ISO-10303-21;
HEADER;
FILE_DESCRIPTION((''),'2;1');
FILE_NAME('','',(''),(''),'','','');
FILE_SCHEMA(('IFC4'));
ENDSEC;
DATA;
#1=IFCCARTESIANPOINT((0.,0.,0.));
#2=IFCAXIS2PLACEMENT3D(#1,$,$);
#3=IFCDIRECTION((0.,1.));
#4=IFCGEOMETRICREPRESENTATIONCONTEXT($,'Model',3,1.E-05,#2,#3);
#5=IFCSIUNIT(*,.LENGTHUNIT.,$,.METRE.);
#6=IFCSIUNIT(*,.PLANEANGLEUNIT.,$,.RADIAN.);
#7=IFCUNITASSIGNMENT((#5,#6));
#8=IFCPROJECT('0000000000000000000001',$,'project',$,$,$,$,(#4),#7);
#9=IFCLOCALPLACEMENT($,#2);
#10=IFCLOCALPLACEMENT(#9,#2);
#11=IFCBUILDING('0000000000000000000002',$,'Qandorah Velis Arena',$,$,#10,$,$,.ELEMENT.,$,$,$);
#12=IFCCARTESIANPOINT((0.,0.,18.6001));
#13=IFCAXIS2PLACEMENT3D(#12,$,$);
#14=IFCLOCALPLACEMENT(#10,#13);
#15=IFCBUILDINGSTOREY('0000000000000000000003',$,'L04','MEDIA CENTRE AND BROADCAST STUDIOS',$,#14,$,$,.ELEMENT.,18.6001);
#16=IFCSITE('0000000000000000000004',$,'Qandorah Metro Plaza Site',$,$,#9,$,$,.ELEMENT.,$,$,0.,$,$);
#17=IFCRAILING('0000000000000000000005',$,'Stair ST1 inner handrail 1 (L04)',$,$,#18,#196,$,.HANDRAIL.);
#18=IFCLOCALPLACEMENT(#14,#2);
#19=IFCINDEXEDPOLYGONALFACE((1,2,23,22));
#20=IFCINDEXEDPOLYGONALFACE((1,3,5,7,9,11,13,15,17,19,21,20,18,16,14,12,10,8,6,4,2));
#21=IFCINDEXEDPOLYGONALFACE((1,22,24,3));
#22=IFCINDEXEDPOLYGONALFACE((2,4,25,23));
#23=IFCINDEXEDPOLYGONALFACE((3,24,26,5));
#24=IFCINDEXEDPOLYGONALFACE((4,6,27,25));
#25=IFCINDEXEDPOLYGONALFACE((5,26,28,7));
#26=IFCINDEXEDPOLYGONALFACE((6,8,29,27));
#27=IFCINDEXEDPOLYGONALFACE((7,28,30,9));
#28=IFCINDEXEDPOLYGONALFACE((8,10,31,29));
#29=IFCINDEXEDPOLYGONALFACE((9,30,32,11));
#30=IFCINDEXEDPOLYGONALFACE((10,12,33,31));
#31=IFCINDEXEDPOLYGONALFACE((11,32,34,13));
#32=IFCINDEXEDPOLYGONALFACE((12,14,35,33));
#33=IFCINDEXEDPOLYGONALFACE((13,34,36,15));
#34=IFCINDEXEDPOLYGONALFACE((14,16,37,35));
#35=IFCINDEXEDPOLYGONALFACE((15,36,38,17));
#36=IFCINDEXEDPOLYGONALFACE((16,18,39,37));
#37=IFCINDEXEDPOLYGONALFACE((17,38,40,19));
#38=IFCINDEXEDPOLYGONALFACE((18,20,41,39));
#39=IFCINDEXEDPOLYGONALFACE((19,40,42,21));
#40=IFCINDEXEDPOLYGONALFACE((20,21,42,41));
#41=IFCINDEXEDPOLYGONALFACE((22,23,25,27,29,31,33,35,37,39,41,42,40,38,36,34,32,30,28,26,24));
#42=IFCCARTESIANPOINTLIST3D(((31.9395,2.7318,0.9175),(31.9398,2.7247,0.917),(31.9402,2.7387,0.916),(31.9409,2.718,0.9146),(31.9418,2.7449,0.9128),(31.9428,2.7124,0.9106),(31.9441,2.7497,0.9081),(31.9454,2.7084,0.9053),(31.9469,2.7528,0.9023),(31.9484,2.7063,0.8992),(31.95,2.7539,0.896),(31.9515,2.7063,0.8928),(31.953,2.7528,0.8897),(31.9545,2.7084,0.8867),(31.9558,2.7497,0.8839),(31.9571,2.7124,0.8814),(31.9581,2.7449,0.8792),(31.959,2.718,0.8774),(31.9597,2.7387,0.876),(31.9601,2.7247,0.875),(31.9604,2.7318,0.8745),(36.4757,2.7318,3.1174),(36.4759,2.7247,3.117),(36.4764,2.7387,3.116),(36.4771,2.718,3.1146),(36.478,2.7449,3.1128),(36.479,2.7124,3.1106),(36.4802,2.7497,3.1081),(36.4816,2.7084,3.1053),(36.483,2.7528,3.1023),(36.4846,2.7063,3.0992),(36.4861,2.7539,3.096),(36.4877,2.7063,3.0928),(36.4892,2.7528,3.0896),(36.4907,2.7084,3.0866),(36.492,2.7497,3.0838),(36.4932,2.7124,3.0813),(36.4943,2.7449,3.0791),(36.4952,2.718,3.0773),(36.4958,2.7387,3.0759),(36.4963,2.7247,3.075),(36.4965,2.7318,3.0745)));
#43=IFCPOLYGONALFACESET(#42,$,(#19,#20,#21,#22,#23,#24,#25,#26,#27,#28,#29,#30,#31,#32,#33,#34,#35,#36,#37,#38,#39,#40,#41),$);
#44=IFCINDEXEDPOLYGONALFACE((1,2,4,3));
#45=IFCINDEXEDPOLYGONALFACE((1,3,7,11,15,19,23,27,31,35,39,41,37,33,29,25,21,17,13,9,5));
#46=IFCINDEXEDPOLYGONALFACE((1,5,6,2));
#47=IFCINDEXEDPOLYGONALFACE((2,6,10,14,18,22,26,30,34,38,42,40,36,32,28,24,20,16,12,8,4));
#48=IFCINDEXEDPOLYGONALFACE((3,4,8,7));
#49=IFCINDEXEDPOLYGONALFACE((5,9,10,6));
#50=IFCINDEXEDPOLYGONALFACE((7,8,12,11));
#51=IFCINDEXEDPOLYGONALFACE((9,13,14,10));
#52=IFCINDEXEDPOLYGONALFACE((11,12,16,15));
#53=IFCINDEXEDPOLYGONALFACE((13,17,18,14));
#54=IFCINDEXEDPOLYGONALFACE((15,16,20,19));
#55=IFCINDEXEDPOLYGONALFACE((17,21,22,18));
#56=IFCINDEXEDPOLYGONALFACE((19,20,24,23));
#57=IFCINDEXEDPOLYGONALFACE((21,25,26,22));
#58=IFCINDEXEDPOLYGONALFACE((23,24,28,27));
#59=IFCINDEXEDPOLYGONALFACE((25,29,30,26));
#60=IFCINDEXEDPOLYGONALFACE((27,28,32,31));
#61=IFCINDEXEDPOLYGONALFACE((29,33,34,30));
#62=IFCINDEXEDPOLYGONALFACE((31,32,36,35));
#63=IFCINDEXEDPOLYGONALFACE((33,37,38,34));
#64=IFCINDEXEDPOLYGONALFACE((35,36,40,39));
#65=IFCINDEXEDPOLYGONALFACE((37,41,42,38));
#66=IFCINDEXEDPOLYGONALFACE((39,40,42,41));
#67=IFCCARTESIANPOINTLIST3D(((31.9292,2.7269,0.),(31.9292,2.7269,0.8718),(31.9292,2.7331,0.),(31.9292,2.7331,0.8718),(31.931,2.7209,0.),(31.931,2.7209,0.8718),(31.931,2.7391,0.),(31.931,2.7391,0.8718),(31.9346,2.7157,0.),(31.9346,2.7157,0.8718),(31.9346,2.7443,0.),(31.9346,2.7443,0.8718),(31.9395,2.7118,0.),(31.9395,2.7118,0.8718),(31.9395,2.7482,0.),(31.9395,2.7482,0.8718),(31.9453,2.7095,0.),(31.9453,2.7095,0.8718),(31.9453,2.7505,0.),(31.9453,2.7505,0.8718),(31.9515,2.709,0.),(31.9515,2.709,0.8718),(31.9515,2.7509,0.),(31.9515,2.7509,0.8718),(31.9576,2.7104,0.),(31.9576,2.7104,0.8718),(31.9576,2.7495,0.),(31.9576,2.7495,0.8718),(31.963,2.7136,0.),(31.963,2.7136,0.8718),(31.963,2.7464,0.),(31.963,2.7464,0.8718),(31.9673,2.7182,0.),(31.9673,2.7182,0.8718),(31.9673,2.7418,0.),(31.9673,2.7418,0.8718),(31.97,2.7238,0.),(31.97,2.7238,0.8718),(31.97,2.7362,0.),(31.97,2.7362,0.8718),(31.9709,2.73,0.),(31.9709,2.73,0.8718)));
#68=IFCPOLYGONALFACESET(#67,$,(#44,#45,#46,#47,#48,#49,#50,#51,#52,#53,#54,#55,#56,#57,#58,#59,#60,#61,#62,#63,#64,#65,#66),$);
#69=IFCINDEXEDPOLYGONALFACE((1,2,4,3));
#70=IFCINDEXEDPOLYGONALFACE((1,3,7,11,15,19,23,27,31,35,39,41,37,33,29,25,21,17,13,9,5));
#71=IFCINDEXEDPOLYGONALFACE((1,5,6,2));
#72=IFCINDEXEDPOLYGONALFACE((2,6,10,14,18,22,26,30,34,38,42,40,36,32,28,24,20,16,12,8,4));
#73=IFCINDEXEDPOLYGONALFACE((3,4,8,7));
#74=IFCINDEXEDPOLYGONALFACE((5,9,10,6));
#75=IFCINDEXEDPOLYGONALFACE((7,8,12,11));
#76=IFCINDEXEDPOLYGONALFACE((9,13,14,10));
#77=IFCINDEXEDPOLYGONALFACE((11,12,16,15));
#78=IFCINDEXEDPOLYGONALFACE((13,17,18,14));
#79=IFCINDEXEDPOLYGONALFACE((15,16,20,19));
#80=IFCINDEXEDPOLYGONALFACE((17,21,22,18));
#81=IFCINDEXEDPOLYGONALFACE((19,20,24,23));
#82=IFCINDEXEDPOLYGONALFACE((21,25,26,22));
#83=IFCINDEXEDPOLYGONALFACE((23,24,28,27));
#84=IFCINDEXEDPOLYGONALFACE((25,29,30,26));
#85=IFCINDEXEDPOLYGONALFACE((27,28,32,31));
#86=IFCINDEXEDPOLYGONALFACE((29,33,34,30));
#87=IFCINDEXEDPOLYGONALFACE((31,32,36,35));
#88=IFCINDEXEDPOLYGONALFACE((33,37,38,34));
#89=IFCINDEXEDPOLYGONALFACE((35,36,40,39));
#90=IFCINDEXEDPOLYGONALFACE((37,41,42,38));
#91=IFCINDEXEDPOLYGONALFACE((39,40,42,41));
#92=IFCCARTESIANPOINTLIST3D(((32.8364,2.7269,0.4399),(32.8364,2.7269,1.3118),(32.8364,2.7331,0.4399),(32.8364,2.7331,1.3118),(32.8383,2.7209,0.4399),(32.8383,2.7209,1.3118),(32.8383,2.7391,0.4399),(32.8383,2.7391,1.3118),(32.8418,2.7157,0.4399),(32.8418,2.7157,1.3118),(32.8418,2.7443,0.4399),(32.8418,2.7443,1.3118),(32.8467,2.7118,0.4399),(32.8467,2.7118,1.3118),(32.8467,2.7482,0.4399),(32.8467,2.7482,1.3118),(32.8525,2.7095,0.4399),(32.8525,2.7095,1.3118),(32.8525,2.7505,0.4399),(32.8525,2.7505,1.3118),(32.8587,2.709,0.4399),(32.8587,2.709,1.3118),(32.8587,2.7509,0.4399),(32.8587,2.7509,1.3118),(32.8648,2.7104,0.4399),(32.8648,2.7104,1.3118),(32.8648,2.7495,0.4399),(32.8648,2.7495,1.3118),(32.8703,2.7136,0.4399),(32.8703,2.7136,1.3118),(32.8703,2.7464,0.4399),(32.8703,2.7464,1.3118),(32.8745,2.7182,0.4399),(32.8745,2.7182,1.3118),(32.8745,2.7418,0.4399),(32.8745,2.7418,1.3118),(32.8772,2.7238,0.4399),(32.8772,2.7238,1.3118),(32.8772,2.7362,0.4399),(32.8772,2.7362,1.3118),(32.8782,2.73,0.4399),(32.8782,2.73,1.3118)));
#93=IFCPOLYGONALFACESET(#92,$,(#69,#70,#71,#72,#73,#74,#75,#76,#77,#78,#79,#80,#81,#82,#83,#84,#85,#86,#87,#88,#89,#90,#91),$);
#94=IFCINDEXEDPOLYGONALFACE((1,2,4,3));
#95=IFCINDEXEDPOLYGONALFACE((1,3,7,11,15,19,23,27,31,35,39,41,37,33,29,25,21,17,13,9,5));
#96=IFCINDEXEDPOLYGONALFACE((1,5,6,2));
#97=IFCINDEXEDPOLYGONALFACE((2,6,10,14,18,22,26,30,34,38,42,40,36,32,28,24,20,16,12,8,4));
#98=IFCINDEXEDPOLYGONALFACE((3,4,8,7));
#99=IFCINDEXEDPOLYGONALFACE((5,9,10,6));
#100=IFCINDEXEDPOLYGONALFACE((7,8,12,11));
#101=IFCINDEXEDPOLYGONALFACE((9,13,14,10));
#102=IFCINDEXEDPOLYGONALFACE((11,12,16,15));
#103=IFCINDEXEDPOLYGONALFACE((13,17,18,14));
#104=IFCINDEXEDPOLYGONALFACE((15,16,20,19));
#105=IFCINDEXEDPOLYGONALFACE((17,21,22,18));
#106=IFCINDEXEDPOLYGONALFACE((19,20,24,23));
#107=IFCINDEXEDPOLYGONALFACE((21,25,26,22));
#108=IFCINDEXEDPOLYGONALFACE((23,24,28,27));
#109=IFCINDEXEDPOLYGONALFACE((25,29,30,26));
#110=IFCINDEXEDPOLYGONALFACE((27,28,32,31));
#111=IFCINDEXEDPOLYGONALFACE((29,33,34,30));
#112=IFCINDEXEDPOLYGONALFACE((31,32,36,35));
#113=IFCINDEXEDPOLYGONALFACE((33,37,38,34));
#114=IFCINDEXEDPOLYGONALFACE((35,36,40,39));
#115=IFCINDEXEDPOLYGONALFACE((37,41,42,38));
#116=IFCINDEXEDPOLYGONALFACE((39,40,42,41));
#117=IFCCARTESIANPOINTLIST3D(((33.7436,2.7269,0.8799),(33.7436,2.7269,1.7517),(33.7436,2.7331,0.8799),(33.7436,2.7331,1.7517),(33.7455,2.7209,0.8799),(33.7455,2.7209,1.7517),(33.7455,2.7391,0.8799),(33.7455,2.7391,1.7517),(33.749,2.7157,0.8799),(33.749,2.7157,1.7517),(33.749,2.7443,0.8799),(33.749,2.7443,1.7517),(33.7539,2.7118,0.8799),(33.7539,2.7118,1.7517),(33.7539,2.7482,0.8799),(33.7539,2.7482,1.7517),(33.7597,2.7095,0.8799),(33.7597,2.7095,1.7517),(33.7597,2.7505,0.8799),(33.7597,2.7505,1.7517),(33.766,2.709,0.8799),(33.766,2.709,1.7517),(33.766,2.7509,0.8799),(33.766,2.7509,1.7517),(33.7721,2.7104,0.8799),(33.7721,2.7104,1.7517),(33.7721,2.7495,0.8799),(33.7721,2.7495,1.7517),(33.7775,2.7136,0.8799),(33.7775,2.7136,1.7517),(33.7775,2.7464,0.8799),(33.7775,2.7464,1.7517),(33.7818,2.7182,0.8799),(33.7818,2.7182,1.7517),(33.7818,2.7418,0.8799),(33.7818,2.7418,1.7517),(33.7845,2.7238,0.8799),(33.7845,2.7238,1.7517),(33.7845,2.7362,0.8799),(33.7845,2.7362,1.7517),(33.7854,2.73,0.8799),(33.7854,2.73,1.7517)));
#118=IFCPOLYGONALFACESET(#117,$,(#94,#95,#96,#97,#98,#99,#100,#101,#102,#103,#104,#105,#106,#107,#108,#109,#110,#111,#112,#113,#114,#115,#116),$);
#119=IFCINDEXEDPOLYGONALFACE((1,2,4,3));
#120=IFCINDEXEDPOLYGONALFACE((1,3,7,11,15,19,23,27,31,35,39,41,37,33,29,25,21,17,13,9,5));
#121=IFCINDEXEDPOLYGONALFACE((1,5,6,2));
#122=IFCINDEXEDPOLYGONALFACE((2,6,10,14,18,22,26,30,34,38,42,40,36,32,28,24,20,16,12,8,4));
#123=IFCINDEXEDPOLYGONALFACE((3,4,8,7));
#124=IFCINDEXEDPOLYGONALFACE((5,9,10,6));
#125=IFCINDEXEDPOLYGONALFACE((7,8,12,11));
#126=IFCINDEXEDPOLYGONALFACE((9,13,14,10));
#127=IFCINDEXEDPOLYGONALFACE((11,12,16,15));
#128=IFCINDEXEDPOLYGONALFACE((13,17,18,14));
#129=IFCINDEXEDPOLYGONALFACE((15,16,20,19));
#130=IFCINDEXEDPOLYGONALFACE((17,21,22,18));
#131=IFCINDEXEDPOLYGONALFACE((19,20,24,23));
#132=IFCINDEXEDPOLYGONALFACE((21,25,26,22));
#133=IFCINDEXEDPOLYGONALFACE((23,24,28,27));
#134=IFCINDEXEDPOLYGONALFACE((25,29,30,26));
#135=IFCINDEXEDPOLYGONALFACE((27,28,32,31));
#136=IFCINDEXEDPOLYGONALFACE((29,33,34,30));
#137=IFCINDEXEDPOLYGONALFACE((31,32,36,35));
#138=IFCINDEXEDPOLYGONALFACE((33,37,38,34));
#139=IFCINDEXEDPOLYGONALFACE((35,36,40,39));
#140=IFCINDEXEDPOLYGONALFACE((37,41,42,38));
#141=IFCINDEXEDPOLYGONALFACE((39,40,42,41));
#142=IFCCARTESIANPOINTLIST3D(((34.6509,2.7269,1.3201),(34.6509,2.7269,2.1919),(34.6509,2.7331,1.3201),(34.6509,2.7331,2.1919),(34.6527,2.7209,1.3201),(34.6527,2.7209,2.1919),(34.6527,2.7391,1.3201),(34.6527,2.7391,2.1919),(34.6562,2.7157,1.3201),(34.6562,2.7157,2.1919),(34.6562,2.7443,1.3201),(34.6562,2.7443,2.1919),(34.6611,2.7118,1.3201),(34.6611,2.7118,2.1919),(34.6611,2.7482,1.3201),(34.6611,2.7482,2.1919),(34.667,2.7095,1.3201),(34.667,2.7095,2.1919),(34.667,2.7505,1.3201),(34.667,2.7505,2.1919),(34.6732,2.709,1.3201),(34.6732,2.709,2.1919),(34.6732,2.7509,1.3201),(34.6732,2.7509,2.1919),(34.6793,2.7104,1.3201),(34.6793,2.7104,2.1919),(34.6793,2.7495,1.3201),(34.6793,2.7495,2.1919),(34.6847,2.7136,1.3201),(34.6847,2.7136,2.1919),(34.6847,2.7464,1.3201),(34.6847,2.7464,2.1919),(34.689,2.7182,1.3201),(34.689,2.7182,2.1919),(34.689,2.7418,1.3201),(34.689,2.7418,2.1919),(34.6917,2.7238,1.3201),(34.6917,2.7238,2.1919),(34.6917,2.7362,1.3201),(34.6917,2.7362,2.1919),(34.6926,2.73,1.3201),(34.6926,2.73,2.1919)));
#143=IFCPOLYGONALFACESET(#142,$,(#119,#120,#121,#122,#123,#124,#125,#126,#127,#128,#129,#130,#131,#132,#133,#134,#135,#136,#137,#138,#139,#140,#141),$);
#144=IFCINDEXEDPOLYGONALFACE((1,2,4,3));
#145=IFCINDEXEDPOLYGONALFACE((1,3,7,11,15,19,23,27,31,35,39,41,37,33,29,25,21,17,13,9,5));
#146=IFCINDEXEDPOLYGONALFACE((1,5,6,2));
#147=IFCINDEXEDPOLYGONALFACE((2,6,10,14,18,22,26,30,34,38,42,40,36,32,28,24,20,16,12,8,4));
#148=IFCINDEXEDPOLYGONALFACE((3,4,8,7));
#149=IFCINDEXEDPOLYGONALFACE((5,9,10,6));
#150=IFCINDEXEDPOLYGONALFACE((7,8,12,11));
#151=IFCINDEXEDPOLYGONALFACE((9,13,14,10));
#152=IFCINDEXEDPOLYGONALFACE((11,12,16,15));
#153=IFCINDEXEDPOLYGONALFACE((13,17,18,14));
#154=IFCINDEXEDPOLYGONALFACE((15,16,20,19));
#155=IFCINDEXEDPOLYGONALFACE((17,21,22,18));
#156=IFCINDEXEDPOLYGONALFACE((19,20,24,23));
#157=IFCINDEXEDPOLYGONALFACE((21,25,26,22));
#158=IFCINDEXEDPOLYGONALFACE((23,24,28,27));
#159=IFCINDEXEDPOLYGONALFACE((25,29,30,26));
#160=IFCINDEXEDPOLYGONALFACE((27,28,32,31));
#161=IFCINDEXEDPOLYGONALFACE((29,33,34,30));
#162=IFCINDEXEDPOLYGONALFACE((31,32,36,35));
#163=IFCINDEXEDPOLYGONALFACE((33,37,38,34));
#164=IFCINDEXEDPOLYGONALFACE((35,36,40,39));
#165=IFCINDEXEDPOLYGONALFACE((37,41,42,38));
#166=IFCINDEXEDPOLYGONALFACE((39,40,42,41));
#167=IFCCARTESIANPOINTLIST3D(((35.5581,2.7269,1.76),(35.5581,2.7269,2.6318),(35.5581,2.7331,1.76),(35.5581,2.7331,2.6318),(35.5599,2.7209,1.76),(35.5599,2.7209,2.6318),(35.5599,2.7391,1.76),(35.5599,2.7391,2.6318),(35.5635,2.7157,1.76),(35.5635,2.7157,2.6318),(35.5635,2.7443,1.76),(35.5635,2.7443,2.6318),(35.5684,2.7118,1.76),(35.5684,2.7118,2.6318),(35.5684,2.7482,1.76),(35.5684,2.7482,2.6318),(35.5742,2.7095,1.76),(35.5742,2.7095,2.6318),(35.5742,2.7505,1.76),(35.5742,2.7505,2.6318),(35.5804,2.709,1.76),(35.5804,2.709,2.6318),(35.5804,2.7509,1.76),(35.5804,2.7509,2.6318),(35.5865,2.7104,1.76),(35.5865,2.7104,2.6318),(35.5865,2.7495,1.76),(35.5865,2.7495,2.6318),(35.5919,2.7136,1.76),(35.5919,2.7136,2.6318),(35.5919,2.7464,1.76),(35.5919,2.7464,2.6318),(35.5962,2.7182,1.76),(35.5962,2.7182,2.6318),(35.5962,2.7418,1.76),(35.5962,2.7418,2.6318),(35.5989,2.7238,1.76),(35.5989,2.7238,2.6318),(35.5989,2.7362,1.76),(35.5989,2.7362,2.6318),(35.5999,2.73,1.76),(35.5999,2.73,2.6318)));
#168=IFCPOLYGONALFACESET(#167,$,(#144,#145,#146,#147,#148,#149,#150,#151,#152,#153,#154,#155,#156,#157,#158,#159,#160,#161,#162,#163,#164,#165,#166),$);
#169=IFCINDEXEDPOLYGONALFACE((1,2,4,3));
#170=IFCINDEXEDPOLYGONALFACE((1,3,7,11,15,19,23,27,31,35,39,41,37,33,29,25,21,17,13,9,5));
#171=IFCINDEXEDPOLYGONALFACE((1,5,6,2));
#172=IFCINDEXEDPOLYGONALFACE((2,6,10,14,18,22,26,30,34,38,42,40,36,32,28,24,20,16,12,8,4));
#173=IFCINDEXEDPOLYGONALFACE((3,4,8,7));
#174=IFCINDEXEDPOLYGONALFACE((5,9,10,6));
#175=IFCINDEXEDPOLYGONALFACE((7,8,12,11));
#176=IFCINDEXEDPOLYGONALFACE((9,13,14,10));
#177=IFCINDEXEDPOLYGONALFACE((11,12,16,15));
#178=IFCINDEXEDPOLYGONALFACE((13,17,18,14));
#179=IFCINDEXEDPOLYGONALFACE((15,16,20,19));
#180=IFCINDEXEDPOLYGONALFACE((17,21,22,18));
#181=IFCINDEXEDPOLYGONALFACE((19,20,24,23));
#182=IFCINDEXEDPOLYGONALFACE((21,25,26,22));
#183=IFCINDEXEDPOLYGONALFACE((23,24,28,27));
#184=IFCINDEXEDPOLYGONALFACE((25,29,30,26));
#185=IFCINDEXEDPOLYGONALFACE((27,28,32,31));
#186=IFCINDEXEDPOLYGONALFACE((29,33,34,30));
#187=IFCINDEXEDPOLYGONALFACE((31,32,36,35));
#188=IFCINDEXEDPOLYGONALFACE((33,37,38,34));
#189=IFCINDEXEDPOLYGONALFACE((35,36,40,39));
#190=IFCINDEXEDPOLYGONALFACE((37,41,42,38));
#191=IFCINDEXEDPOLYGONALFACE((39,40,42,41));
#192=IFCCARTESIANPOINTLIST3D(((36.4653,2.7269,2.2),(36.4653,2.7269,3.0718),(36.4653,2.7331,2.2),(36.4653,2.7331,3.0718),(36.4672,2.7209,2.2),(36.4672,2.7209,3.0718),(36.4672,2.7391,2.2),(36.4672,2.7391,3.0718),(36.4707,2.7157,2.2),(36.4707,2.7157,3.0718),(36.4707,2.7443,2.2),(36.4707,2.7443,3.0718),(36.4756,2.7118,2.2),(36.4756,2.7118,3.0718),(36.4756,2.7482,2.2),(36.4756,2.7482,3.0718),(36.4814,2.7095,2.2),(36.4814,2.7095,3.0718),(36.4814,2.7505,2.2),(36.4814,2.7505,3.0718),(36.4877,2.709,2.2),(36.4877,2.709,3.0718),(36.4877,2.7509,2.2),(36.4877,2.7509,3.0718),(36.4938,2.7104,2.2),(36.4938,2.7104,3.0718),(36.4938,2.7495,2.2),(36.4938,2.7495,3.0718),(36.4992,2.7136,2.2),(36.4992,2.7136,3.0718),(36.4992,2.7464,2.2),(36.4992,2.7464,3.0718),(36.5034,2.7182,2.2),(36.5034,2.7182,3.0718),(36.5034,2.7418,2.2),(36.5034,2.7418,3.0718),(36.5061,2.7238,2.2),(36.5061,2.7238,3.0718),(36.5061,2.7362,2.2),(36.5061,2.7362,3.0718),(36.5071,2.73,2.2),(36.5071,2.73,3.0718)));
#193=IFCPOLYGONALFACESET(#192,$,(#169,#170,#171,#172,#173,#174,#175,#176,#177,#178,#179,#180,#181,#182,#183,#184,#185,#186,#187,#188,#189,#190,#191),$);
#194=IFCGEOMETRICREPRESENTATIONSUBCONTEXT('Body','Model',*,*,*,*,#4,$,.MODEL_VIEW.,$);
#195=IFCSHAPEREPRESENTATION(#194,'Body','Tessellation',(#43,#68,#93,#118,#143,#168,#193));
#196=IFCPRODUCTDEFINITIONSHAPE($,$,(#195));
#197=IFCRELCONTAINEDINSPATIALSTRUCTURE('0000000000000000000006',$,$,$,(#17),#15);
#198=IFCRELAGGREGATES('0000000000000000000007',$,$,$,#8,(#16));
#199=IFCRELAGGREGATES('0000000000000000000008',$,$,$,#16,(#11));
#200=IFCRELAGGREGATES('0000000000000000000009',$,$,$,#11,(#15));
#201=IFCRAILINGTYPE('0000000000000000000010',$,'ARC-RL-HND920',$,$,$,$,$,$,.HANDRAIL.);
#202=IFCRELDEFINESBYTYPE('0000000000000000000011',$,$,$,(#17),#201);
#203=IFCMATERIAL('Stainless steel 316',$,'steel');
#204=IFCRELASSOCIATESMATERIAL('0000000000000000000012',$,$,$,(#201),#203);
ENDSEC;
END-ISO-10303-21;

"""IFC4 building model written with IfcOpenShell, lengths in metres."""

from ifc_helpers import new_model, si_unit, direction, frame, origin, origin_2d, place, context, subcontext, project, spatial, circle, extrude, material, type_object, element, save


model = new_model("IFC4")

# Units and contexts
model_context = context("Model", 3, precision=1e-05, world=origin(), true_north=direction((0.0, 1.0)))
body_context = subcontext(model_context, "Body", "Model", "MODEL_VIEW")
ifc_project = project(units=[si_unit("LENGTHUNIT", "METRE"), si_unit("PLANEANGLEUNIT", "RADIAN")], contexts=[model_context])

# Site, building, storey
site_placement = place(None, origin())
site = spatial("IfcSite", under=ifc_project, at=site_placement, Name="Qandorah Metro Plaza Site", CompositionType="ELEMENT", RefElevation=0.0)
building_placement = place(site_placement, origin())
building = spatial("IfcBuilding", under=site, at=building_placement, Name="Qandorah Velis Arena", CompositionType="ELEMENT")
storey_placement = place(building_placement, frame((0.0, 0.0, 18.6001)))
storey = spatial("IfcBuildingStorey", under=building, at=storey_placement, Name="L04", Description="MEDIA CENTRE AND BROADCAST STUDIOS", CompositionType="ELEMENT", Elevation=18.6001)

# Railing
ifc_material_1 = material(Name="Stainless steel 316", Category="steel")
railing_type_1 = type_object("IfcRailingType", Name="ARC-RL-HND920", PredefinedType="HANDRAIL", material=ifc_material_1)
railing_1_placement = place(storey_placement, frame((31.95, 2.73, 0.0)))
element("IfcRailing", 1, at=railing_1_placement, inside=storey, type_object=railing_type_1, Name="Stair ST1 inner handrail 1 (L04)", PredefinedType="HANDRAIL", context=body_context, shape_type="SweptSolid", body=[
    extrude(circle(Radius=0.0239, at=origin_2d()), frame((0.0, 0.0, 0.896), z_axis=(0.899766, 0.0, 0.436372), x_axis=(0.0, 1.0, 0.0)), (0.0, 0.0, 1.0), 5.0415),
    extrude(circle(Radius=0.021, at=origin_2d()), origin(), (0.0, 0.0, 1.0), 0.8718),
    extrude(circle(Radius=0.021, at=origin_2d()), frame((0.9072, 0.0, 0.4399)), (0.0, 0.0, 1.0), 0.8718),
    extrude(circle(Radius=0.021, at=origin_2d()), frame((1.8145, 0.0, 0.8799)), (0.0, 0.0, 1.0), 0.8718),
    extrude(circle(Radius=0.021, at=origin_2d()), frame((2.7217, 0.0, 1.3201)), (0.0, 0.0, 1.0), 0.8718),
    extrude(circle(Radius=0.021, at=origin_2d()), frame((3.6289, 0.0, 1.76)), (0.0, 0.0, 1.0), 0.8718),
    extrude(circle(Radius=0.021, at=origin_2d()), frame((4.5361, 0.0, 2.2)), (0.0, 0.0, 1.0), 0.8718),
])

save(model, "model.ifc")
